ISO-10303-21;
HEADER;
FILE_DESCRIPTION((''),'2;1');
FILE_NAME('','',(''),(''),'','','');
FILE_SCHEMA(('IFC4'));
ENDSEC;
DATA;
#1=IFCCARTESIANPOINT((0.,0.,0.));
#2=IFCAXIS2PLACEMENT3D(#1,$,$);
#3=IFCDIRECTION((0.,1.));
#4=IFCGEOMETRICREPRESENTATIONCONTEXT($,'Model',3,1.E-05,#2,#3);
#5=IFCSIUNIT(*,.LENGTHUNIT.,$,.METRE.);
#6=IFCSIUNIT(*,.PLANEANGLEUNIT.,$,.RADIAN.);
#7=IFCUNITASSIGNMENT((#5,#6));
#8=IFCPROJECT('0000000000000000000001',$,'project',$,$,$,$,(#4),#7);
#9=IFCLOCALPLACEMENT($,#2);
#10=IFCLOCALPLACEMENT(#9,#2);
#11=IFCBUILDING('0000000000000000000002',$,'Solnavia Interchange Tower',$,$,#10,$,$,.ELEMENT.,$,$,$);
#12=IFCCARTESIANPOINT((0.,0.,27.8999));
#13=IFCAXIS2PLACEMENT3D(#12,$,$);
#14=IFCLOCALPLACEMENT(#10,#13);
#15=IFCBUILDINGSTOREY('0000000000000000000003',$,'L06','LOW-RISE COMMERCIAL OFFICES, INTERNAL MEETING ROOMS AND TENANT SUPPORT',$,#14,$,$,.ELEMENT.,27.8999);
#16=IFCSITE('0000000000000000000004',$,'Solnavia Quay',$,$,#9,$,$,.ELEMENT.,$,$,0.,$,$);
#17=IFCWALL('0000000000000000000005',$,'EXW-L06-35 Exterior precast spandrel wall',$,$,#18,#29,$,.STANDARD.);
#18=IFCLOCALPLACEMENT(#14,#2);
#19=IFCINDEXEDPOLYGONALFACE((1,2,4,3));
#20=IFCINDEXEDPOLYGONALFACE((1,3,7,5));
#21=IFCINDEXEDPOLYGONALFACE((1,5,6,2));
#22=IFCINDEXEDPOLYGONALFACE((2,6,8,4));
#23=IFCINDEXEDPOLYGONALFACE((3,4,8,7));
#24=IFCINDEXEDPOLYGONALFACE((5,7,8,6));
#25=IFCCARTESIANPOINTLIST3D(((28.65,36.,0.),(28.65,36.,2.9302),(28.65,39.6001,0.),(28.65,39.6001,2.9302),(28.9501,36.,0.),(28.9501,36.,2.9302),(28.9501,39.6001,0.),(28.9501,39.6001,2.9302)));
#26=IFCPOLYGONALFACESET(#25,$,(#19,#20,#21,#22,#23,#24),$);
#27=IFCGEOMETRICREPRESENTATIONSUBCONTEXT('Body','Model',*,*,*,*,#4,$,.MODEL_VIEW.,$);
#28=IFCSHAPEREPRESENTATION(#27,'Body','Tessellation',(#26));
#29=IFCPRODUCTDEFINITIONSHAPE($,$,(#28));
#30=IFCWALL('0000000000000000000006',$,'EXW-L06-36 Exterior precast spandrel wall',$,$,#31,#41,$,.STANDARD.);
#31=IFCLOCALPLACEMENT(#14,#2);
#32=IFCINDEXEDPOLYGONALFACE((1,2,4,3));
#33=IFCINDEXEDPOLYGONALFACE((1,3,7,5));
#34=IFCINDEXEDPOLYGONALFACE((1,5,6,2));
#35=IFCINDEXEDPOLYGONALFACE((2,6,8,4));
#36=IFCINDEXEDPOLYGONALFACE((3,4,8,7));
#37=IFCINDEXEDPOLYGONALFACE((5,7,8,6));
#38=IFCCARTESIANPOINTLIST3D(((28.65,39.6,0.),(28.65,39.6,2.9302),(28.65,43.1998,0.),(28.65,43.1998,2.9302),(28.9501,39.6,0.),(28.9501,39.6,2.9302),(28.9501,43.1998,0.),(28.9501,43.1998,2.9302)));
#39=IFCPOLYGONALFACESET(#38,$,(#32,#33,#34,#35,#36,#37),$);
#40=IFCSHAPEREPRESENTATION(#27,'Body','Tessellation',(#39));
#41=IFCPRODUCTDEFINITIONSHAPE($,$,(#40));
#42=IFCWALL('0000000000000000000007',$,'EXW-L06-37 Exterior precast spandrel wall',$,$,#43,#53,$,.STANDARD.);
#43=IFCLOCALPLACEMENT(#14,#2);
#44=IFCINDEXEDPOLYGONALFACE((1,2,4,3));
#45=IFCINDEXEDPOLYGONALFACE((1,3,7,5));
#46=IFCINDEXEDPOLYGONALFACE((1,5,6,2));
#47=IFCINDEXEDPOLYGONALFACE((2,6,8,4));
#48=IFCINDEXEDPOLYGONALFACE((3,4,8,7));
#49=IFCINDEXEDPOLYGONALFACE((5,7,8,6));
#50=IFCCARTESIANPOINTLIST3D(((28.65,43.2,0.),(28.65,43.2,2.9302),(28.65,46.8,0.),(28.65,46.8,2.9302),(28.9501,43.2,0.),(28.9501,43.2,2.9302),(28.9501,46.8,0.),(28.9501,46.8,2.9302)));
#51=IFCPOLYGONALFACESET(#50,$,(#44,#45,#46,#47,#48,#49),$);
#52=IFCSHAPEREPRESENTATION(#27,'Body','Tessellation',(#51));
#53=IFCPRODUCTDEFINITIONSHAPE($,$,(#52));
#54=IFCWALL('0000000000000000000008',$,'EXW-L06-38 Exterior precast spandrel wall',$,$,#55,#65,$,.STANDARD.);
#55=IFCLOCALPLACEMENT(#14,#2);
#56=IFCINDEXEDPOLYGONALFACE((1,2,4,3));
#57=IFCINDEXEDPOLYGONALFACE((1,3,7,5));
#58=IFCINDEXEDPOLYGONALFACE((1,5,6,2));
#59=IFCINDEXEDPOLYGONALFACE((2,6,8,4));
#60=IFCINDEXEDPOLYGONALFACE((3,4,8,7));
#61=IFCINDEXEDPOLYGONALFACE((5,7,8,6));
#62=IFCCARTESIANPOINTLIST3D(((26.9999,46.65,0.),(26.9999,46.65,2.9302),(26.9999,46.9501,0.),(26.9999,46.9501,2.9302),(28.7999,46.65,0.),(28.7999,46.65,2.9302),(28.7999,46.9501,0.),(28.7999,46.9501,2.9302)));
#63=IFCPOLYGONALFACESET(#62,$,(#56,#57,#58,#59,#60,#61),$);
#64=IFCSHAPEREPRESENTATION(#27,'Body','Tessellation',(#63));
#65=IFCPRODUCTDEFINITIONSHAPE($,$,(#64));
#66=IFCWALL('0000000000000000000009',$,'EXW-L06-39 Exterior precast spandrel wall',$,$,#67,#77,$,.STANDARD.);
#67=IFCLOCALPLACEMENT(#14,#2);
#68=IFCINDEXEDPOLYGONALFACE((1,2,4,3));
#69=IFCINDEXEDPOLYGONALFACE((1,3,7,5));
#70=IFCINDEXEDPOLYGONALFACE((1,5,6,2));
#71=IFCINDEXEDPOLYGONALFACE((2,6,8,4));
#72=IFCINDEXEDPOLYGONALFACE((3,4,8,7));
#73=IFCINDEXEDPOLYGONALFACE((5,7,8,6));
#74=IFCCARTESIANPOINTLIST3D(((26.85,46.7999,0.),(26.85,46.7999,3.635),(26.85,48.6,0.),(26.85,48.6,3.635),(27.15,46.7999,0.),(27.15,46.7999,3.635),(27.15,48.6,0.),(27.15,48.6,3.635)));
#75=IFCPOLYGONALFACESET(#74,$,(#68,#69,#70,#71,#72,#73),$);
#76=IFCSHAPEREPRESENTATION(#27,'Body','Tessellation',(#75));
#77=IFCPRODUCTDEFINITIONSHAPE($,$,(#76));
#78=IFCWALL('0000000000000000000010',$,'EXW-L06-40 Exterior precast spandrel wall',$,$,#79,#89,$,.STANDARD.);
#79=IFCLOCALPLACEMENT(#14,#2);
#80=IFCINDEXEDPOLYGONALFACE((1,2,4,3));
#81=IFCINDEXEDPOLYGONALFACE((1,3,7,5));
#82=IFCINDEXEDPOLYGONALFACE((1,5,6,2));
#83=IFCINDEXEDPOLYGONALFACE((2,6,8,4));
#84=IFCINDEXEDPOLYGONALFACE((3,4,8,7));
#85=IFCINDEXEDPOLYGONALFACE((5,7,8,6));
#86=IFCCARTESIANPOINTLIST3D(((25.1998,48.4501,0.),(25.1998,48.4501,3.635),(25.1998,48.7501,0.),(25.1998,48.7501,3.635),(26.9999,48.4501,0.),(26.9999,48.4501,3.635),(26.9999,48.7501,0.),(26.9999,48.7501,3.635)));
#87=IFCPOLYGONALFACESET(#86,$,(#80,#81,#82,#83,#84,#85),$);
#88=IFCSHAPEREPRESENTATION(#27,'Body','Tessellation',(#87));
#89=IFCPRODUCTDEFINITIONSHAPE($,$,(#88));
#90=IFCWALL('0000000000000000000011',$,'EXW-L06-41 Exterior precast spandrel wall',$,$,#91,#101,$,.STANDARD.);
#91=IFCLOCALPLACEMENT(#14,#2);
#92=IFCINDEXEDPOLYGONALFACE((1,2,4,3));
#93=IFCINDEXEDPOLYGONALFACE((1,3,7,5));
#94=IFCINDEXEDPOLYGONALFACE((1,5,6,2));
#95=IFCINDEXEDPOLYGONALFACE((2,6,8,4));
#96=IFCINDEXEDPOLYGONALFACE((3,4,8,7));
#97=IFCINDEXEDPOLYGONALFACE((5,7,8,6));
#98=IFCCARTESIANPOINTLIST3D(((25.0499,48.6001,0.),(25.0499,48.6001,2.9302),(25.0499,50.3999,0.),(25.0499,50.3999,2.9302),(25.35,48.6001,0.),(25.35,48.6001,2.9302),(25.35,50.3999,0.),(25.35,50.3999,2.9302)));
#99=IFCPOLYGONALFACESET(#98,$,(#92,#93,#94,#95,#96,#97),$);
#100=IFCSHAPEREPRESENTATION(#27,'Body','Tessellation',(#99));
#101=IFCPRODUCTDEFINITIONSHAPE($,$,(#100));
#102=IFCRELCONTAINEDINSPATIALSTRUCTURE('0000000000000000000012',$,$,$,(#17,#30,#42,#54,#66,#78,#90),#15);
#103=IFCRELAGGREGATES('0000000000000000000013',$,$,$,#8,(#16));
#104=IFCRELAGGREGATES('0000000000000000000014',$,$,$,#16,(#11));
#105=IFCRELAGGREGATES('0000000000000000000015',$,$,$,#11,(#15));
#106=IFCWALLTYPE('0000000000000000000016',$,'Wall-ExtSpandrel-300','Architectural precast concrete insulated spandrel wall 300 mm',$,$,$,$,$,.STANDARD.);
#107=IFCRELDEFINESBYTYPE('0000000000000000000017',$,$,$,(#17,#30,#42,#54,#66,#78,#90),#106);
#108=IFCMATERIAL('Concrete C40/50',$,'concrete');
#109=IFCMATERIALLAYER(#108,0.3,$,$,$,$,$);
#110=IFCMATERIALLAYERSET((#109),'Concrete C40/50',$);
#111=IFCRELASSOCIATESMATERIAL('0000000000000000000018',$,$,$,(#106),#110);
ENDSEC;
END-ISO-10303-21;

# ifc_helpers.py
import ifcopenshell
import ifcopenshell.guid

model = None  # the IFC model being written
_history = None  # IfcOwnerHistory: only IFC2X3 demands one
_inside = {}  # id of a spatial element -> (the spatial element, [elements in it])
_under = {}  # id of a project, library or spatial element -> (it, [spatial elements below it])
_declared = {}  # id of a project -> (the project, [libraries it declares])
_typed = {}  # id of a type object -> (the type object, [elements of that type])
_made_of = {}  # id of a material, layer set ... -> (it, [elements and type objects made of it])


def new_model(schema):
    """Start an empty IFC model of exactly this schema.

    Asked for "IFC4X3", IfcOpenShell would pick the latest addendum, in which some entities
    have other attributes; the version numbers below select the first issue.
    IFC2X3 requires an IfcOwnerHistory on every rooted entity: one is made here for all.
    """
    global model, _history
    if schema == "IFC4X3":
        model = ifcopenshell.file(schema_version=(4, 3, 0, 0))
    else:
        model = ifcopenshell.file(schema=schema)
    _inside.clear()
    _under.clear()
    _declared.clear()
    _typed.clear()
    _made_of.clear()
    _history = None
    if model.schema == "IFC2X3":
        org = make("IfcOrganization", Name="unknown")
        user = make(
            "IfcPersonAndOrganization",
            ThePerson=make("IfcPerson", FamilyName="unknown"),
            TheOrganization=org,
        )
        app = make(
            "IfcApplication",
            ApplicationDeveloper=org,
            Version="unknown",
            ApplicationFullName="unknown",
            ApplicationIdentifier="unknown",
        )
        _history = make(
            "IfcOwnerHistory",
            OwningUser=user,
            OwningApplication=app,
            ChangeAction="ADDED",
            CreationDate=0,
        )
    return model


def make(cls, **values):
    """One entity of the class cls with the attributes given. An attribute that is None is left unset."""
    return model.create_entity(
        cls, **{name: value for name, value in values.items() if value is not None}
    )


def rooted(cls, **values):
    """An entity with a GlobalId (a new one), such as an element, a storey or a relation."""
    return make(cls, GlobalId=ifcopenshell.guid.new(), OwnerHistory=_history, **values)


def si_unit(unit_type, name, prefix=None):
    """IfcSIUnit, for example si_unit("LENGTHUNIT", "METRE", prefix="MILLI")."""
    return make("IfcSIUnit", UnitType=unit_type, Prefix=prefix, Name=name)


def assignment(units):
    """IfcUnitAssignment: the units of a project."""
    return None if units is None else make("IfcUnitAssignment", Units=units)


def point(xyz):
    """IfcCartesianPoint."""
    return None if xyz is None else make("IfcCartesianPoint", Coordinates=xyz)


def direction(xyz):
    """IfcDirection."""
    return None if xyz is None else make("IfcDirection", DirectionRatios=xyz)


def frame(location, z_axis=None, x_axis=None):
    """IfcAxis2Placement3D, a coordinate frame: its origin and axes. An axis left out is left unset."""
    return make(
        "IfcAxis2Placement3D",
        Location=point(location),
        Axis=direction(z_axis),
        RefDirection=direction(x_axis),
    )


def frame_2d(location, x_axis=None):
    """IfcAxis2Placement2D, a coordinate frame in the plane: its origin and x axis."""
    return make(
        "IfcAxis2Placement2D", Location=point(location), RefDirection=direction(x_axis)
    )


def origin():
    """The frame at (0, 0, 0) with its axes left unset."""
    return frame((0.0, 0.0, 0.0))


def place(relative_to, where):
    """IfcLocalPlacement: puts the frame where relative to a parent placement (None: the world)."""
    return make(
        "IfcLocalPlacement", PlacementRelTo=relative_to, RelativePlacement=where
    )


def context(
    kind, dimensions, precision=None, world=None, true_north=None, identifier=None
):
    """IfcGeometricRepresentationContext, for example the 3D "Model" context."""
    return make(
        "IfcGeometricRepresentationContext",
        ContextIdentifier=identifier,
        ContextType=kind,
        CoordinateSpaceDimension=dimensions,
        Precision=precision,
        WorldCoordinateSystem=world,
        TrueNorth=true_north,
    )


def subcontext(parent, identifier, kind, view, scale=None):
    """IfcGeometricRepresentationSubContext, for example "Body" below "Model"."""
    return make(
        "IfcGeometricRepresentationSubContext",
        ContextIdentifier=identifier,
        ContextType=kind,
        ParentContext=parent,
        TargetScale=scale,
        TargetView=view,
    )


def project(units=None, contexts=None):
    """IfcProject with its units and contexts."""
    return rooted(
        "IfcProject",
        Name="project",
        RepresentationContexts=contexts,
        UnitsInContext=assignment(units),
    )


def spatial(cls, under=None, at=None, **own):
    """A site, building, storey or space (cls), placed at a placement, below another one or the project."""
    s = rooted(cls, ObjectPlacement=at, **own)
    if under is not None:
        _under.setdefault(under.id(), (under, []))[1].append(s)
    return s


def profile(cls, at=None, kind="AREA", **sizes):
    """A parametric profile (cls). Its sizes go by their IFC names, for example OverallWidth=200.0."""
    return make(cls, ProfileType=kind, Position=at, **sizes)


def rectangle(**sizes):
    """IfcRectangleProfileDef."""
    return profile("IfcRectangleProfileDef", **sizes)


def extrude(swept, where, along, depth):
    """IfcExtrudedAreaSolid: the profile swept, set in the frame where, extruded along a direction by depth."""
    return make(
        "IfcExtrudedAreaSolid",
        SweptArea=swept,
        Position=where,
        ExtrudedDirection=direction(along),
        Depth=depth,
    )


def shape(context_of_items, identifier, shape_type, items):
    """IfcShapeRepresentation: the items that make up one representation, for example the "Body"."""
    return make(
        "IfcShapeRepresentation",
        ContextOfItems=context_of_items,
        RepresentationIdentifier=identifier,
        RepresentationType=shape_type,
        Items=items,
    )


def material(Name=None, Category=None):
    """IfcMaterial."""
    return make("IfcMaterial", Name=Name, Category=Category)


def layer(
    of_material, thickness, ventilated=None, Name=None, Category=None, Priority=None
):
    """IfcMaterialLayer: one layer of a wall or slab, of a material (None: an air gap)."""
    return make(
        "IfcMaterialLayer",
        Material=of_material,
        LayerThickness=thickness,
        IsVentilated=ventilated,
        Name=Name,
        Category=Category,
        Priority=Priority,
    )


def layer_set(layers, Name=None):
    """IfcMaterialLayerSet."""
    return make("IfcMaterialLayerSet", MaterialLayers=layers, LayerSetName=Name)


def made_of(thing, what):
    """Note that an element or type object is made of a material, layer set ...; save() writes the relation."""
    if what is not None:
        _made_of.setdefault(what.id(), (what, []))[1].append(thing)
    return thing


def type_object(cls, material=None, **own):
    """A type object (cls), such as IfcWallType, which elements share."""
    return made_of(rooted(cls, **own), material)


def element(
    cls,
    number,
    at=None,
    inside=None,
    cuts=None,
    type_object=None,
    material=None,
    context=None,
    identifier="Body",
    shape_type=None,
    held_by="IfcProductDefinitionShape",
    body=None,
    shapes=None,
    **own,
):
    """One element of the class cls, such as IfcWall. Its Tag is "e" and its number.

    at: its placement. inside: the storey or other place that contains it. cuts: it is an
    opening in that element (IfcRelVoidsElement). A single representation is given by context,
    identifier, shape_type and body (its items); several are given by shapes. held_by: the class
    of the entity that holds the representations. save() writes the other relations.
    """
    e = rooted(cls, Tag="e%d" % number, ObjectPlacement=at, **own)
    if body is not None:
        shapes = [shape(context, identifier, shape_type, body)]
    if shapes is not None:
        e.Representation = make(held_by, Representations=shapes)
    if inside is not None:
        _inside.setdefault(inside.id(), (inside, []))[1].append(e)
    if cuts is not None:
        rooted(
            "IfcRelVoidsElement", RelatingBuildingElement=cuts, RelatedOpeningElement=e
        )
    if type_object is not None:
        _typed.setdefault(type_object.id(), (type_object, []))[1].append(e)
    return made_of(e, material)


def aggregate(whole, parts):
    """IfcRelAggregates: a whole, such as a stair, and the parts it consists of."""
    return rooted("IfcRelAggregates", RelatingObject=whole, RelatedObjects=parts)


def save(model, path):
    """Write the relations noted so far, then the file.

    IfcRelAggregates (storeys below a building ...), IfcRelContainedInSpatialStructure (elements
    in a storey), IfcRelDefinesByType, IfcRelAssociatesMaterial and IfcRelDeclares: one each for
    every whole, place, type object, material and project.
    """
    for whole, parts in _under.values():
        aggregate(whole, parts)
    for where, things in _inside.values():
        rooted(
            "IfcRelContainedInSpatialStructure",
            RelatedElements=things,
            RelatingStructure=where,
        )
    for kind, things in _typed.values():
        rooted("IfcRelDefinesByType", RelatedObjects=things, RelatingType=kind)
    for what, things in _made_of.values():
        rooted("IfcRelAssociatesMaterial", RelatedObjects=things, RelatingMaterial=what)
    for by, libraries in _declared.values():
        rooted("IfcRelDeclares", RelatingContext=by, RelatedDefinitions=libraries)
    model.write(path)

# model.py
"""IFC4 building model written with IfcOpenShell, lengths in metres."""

from ifc_helpers import new_model, si_unit, direction, frame, frame_2d, origin, place, context, subcontext, project, spatial, rectangle, extrude, material, layer, layer_set, type_object, element, save


model = new_model("IFC4")

# Units and contexts
model_context = context("Model", 3, precision=1e-05, world=origin(), true_north=direction((0.0, 1.0)))
body_context = subcontext(model_context, "Body", "Model", "MODEL_VIEW")
ifc_project = project(units=[si_unit("LENGTHUNIT", "METRE"), si_unit("PLANEANGLEUNIT", "RADIAN")], contexts=[model_context])

# Site, building, storey
site_placement = place(None, origin())
site = spatial("IfcSite", under=ifc_project, at=site_placement, Name="Solnavia Quay", CompositionType="ELEMENT", RefElevation=0.0)
building_placement = place(site_placement, origin())
building = spatial("IfcBuilding", under=site, at=building_placement, Name="Solnavia Interchange Tower", CompositionType="ELEMENT")
storey_placement = place(building_placement, frame((0.0, 0.0, 27.8999)))
storey = spatial("IfcBuildingStorey", under=building, at=storey_placement, Name="L06", Description="LOW-RISE COMMERCIAL OFFICES, INTERNAL MEETING ROOMS AND TENANT SUPPORT", CompositionType="ELEMENT", Elevation=27.8999)

# Walls
ifc_material_1 = material(Name="Concrete C40/50", Category="concrete")
ifc_layer = layer(ifc_material_1, 0.3)
ifc_layer_set = layer_set([ifc_layer], Name="Concrete C40/50")
wall_type = type_object("IfcWallType", Name="Wall-ExtSpandrel-300", Description="Architectural precast concrete insulated spandrel wall 300 mm", PredefinedType="STANDARD", material=ifc_layer_set)
for number, where, z_axis, x_axis, name in (
    (1, (28.8, 36.0, 0.0), (0.0, 0.0, 1.0), (0.0, 1.0, 0.0), "EXW-L06-35 Exterior precast spandrel wall"),
):
    element("IfcWall", number, at=place(storey_placement, frame(where, z_axis=z_axis, x_axis=x_axis)), inside=storey, type_object=wall_type, Name=name, PredefinedType="STANDARD", context=body_context, shape_type="SweptSolid", body=[
        extrude(rectangle(XDim=3.6001, YDim=0.3, at=frame_2d((1.8, 0.0))), origin(), (0.0, 0.0, 1.0), 2.9302),
    ])
wall_1_placement = place(storey_placement, frame((28.8, 39.6001, 0.0), z_axis=(0.0, 0.0, 1.0), x_axis=(0.0, 1.0, 0.0)))
element("IfcWall", 2, at=wall_1_placement, inside=storey, type_object=wall_type, Name="EXW-L06-36 Exterior precast spandrel wall", PredefinedType="STANDARD", context=body_context, shape_type="SweptSolid", body=[
    extrude(rectangle(XDim=3.5999, YDim=0.3, at=frame_2d((1.7998, 0.0))), origin(), (0.0, 0.0, 1.0), 2.9302),
])
wall_2_placement = place(storey_placement, frame((28.8, 43.2, 0.0), z_axis=(0.0, 0.0, 1.0), x_axis=(0.0, 1.0, 0.0)))
element("IfcWall", 3, at=wall_2_placement, inside=storey, type_object=wall_type, Name="EXW-L06-37 Exterior precast spandrel wall", PredefinedType="STANDARD", context=body_context, shape_type="SweptSolid", body=[
    extrude(rectangle(XDim=3.6001, YDim=0.3, at=frame_2d((1.8, 0.0))), origin(), (0.0, 0.0, 1.0), 2.9302),
])
wall_3_placement = place(storey_placement, frame((27.0, 46.8, 0.0), z_axis=(0.0, 0.0, 1.0), x_axis=(1.0, 0.0, 0.0)))
element("IfcWall", 4, at=wall_3_placement, inside=storey, type_object=wall_type, Name="EXW-L06-38 Exterior precast spandrel wall", PredefinedType="STANDARD", context=body_context, shape_type="SweptSolid", body=[
    extrude(rectangle(XDim=1.8, YDim=0.3, at=frame_2d((0.8999, 0.0))), origin(), (0.0, 0.0, 1.0), 2.9302),
])
for number, where, z_axis, x_axis, name in (
    (5, (27.0, 46.8, 0.0), (0.0, 0.0, 1.0), (0.0, 1.0, 0.0), "EXW-L06-39 Exterior precast spandrel wall"),
    (6, (25.2, 48.6001, 0.0), (0.0, 0.0, 1.0), (1.0, 0.0, 0.0), "EXW-L06-40 Exterior precast spandrel wall"),
):
    element("IfcWall", number, at=place(storey_placement, frame(where, z_axis=z_axis, x_axis=x_axis)), inside=storey, type_object=wall_type, Name=name, PredefinedType="STANDARD", context=body_context, shape_type="SweptSolid", body=[
        extrude(rectangle(XDim=1.8, YDim=0.3, at=frame_2d((0.8999, 0.0))), origin(), (0.0, 0.0, 1.0), 3.635),
    ])
wall_4_placement = place(storey_placement, frame((25.2, 48.6001, 0.0), z_axis=(0.0, 0.0, 1.0), x_axis=(0.0, 1.0, 0.0)))
element("IfcWall", 7, at=wall_4_placement, inside=storey, type_object=wall_type, Name="EXW-L06-41 Exterior precast spandrel wall", PredefinedType="STANDARD", context=body_context, shape_type="SweptSolid", body=[
    extrude(rectangle(XDim=1.7998, YDim=0.3, at=frame_2d((0.8999, 0.0))), origin(), (0.0, 0.0, 1.0), 2.9302),
])

save(model, "model.ifc")
